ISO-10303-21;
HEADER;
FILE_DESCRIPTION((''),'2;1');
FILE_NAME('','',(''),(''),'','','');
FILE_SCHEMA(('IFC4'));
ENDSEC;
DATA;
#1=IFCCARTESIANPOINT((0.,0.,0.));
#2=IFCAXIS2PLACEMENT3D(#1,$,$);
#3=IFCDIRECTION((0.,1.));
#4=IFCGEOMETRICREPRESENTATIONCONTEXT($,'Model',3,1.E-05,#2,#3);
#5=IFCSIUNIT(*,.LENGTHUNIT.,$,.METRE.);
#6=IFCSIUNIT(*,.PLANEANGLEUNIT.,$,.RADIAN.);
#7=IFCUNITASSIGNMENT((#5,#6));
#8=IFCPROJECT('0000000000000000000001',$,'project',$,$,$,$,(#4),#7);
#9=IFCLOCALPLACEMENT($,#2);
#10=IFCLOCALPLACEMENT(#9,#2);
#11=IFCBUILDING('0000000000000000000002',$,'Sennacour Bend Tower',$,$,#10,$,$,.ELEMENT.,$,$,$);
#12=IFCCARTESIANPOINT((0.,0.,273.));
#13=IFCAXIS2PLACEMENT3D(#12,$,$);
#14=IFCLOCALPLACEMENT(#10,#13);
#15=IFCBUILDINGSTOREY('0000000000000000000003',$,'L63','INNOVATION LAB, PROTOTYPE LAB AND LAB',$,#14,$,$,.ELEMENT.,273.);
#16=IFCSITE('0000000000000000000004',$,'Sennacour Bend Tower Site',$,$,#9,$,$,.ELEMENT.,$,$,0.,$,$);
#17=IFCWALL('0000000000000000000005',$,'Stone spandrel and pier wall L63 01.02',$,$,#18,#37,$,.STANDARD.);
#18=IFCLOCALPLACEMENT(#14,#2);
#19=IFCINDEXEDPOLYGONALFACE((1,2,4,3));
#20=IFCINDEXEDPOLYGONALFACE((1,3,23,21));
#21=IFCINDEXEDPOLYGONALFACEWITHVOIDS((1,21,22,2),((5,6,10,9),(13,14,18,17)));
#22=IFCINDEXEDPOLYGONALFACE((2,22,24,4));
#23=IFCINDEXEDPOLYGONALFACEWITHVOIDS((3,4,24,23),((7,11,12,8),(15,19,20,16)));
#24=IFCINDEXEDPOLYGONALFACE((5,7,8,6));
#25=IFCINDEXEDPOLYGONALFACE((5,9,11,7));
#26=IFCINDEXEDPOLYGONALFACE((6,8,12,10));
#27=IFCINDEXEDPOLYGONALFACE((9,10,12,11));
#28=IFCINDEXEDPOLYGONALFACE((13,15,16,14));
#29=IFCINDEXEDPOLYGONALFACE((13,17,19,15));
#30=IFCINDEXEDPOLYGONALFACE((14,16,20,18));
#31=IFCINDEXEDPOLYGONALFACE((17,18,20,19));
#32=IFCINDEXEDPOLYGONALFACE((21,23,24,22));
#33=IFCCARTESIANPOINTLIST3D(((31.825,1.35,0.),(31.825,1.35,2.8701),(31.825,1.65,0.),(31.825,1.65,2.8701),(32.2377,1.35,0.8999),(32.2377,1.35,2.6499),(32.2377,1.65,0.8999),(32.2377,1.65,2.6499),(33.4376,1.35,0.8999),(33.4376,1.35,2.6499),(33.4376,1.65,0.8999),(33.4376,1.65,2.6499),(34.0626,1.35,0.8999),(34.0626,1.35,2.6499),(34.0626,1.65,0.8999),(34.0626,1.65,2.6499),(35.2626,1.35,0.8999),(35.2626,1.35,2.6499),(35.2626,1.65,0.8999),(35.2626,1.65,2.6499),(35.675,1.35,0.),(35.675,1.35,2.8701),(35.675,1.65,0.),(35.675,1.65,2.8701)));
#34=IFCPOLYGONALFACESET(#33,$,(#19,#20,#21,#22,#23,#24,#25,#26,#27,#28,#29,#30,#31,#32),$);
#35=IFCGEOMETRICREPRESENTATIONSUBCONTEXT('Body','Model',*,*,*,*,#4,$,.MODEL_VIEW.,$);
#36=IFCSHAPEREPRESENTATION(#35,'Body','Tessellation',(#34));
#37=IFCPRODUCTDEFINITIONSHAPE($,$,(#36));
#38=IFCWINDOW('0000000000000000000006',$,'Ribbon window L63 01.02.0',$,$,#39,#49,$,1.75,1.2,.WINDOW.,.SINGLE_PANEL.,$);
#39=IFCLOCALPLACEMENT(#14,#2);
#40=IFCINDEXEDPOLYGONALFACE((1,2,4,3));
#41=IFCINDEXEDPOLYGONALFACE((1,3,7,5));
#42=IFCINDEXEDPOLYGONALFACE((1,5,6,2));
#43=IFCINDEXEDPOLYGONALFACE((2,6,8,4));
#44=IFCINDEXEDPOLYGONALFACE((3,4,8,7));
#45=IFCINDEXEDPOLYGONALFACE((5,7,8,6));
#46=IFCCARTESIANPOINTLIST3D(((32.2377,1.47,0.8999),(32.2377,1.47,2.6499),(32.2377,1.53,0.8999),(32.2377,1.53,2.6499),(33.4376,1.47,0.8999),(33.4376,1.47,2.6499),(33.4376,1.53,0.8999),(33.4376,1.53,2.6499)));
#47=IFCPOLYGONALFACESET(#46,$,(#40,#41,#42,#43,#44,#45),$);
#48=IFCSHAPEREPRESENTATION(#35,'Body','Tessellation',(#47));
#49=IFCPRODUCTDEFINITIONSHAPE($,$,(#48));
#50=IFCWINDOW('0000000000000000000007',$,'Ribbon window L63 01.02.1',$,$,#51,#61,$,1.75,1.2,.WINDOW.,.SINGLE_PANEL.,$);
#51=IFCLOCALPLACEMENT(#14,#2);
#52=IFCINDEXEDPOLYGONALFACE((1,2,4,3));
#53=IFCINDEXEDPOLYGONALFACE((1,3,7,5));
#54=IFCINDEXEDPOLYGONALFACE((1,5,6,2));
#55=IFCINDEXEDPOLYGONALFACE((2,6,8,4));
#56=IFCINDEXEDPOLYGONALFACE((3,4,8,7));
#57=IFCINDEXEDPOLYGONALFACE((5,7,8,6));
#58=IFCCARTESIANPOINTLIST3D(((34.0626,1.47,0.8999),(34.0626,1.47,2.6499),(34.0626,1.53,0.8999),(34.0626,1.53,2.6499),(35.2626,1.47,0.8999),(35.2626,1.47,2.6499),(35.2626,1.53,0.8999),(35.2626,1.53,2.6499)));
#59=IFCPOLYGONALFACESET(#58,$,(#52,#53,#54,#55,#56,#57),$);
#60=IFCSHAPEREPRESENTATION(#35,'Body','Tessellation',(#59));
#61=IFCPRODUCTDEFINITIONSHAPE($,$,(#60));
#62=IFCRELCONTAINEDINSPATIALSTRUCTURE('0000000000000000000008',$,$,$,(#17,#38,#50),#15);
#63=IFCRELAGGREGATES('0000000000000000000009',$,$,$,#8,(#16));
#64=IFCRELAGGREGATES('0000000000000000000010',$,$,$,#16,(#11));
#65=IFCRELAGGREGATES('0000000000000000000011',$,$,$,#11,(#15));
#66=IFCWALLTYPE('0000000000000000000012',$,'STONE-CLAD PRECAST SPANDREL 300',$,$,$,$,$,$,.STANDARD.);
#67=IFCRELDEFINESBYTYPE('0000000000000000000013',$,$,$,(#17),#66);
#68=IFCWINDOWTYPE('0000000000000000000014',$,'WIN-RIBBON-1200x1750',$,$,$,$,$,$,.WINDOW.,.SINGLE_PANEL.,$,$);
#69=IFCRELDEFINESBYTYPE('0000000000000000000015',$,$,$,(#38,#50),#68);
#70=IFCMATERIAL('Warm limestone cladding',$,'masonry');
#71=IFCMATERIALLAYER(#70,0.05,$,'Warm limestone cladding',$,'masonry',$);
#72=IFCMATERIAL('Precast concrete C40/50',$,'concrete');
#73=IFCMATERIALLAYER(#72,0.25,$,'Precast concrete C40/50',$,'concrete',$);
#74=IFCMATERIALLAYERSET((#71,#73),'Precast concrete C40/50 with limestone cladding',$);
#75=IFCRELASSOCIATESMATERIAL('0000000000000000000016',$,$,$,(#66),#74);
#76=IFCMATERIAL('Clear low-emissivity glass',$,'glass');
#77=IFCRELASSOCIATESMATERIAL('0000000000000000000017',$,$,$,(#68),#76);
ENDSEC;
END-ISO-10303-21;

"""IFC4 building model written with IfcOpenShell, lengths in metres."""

from ifc_helpers import new_model, si_unit, direction, frame, frame_2d, origin, place, context, subcontext, project, spatial, rectangle, extrude, material, layer, layer_set, type_object, element, fill, save


model = new_model("IFC4")

# Units and contexts
model_context = context("Model", 3, precision=1e-05, world=origin(), true_north=direction((0.0, 1.0)))
body_context = subcontext(model_context, "Body", "Model", "MODEL_VIEW")
ifc_project = project(units=[si_unit("LENGTHUNIT", "METRE"), si_unit("PLANEANGLEUNIT", "RADIAN")], contexts=[model_context])

# Site, building, storey
site_placement = place(None, origin())
site = spatial("IfcSite", under=ifc_project, at=site_placement, Name="Sennacour Bend Tower Site", CompositionType="ELEMENT", RefElevation=0.0)
building_placement = place(site_placement, origin())
building = spatial("IfcBuilding", under=site, at=building_placement, Name="Sennacour Bend Tower", CompositionType="ELEMENT")
storey_placement = place(building_placement, frame((0.0, 0.0, 273.0)))
storey = spatial("IfcBuildingStorey", under=building, at=storey_placement, Name="L63", Description="INNOVATION LAB, PROTOTYPE LAB AND LAB", CompositionType="ELEMENT", Elevation=273.0)

# Shared definitions
ifc_material_1 = material(Name="Warm limestone cladding", Category="masonry")
ifc_layer_1 = layer(ifc_material_1, 0.05, Name="Warm limestone cladding", Category="masonry")
ifc_material_2 = material(Name="Precast concrete C40/50", Category="concrete")
ifc_layer_2 = layer(ifc_material_2, 0.25, Name="Precast concrete C40/50", Category="concrete")
ifc_layer_set_1 = layer_set([ifc_layer_1, ifc_layer_2], Name="Precast concrete C40/50 with limestone cladding")
wall_type_1 = type_object("IfcWallType", Name="STONE-CLAD PRECAST SPANDREL 300", PredefinedType="STANDARD", material=ifc_layer_set_1)

# Wall, openings, windows
ifc_material_3 = material(Name="Clear low-emissivity glass", Category="glass")
window_type = type_object("IfcWindowType", Name="WIN-RIBBON-1200x1750", PartitioningType="SINGLE_PANEL", PredefinedType="WINDOW", material=ifc_material_3)
wall_1_placement = place(storey_placement, frame((31.825, 1.5, 0.0), z_axis=(0.0, 0.0, 1.0), x_axis=(1.0, 0.0, 0.0)))
wall_1 = element("IfcWall", 1, at=wall_1_placement, inside=storey, type_object=wall_type_1, Name="Stone spandrel and pier wall L63 01.02", PredefinedType="STANDARD", context=body_context, shape_type="SweptSolid", body=[
    extrude(rectangle(XDim=3.8501, YDim=0.3, at=frame_2d((1.925, 0.0))), origin(), (0.0, 0.0, 1.0), 2.8701),
])
opening_1_placement = place(wall_1_placement, frame((0.4126, 0.0, 0.8999)))
opening_1 = element("IfcOpeningElement", 2, at=opening_1_placement, cuts=wall_1, PredefinedType="OPENING", context=body_context, shape_type="SweptSolid", body=[
    extrude(rectangle(XDim=1.2, YDim=1.75, at=frame_2d((0.6001, 0.875))), frame((0.0, 0.1602, 0.0), z_axis=(0.0, -1.0, 0.0), x_axis=(1.0, 0.0, 0.0)), (0.0, 0.0, 1.0), 0.3201),
])
opening_2_placement = place(wall_1_placement, frame((2.2375, 0.0, 0.8999)))
opening_2 = element("IfcOpeningElement", 3, at=opening_2_placement, cuts=wall_1, PredefinedType="OPENING", context=body_context, shape_type="SweptSolid", body=[
    extrude(rectangle(XDim=1.2, YDim=1.75, at=frame_2d((0.6001, 0.875))), frame((0.0, 0.1602, 0.0), z_axis=(0.0, -1.0, 0.0), x_axis=(1.0, 0.0, 0.0)), (0.0, 0.0, 1.0), 0.3201),
])
window_1_placement = place(opening_1_placement, origin())
window_1 = element("IfcWindow", 4, at=window_1_placement, inside=storey, type_object=window_type, Name="Ribbon window L63 01.02.0", OverallHeight=1.75, OverallWidth=1.2, PartitioningType="SINGLE_PANEL", PredefinedType="WINDOW", context=body_context, shape_type="SweptSolid", body=[
    extrude(rectangle(XDim=1.2, YDim=1.75, at=frame_2d((0.6001, 0.875))), frame((0.0, 0.03, 0.0), z_axis=(0.0, -1.0, 0.0), x_axis=(1.0, 0.0, 0.0)), (0.0, 0.0, 1.0), 0.0601),
])
fill(opening_1, window_1)
window_2_placement = place(opening_2_placement, origin())
window_2 = element("IfcWindow", 5, at=window_2_placement, inside=storey, type_object=window_type, Name="Ribbon window L63 01.02.1", OverallHeight=1.75, OverallWidth=1.2, PartitioningType="SINGLE_PANEL", PredefinedType="WINDOW", context=body_context, shape_type="SweptSolid", body=[
    extrude(rectangle(XDim=1.2, YDim=1.75, at=frame_2d((0.6001, 0.875))), frame((0.0, 0.03, 0.0), z_axis=(0.0, -1.0, 0.0), x_axis=(1.0, 0.0, 0.0)), (0.0, 0.0, 1.0), 0.0601),
])
fill(opening_2, window_2)

save(model, "model.ifc")
